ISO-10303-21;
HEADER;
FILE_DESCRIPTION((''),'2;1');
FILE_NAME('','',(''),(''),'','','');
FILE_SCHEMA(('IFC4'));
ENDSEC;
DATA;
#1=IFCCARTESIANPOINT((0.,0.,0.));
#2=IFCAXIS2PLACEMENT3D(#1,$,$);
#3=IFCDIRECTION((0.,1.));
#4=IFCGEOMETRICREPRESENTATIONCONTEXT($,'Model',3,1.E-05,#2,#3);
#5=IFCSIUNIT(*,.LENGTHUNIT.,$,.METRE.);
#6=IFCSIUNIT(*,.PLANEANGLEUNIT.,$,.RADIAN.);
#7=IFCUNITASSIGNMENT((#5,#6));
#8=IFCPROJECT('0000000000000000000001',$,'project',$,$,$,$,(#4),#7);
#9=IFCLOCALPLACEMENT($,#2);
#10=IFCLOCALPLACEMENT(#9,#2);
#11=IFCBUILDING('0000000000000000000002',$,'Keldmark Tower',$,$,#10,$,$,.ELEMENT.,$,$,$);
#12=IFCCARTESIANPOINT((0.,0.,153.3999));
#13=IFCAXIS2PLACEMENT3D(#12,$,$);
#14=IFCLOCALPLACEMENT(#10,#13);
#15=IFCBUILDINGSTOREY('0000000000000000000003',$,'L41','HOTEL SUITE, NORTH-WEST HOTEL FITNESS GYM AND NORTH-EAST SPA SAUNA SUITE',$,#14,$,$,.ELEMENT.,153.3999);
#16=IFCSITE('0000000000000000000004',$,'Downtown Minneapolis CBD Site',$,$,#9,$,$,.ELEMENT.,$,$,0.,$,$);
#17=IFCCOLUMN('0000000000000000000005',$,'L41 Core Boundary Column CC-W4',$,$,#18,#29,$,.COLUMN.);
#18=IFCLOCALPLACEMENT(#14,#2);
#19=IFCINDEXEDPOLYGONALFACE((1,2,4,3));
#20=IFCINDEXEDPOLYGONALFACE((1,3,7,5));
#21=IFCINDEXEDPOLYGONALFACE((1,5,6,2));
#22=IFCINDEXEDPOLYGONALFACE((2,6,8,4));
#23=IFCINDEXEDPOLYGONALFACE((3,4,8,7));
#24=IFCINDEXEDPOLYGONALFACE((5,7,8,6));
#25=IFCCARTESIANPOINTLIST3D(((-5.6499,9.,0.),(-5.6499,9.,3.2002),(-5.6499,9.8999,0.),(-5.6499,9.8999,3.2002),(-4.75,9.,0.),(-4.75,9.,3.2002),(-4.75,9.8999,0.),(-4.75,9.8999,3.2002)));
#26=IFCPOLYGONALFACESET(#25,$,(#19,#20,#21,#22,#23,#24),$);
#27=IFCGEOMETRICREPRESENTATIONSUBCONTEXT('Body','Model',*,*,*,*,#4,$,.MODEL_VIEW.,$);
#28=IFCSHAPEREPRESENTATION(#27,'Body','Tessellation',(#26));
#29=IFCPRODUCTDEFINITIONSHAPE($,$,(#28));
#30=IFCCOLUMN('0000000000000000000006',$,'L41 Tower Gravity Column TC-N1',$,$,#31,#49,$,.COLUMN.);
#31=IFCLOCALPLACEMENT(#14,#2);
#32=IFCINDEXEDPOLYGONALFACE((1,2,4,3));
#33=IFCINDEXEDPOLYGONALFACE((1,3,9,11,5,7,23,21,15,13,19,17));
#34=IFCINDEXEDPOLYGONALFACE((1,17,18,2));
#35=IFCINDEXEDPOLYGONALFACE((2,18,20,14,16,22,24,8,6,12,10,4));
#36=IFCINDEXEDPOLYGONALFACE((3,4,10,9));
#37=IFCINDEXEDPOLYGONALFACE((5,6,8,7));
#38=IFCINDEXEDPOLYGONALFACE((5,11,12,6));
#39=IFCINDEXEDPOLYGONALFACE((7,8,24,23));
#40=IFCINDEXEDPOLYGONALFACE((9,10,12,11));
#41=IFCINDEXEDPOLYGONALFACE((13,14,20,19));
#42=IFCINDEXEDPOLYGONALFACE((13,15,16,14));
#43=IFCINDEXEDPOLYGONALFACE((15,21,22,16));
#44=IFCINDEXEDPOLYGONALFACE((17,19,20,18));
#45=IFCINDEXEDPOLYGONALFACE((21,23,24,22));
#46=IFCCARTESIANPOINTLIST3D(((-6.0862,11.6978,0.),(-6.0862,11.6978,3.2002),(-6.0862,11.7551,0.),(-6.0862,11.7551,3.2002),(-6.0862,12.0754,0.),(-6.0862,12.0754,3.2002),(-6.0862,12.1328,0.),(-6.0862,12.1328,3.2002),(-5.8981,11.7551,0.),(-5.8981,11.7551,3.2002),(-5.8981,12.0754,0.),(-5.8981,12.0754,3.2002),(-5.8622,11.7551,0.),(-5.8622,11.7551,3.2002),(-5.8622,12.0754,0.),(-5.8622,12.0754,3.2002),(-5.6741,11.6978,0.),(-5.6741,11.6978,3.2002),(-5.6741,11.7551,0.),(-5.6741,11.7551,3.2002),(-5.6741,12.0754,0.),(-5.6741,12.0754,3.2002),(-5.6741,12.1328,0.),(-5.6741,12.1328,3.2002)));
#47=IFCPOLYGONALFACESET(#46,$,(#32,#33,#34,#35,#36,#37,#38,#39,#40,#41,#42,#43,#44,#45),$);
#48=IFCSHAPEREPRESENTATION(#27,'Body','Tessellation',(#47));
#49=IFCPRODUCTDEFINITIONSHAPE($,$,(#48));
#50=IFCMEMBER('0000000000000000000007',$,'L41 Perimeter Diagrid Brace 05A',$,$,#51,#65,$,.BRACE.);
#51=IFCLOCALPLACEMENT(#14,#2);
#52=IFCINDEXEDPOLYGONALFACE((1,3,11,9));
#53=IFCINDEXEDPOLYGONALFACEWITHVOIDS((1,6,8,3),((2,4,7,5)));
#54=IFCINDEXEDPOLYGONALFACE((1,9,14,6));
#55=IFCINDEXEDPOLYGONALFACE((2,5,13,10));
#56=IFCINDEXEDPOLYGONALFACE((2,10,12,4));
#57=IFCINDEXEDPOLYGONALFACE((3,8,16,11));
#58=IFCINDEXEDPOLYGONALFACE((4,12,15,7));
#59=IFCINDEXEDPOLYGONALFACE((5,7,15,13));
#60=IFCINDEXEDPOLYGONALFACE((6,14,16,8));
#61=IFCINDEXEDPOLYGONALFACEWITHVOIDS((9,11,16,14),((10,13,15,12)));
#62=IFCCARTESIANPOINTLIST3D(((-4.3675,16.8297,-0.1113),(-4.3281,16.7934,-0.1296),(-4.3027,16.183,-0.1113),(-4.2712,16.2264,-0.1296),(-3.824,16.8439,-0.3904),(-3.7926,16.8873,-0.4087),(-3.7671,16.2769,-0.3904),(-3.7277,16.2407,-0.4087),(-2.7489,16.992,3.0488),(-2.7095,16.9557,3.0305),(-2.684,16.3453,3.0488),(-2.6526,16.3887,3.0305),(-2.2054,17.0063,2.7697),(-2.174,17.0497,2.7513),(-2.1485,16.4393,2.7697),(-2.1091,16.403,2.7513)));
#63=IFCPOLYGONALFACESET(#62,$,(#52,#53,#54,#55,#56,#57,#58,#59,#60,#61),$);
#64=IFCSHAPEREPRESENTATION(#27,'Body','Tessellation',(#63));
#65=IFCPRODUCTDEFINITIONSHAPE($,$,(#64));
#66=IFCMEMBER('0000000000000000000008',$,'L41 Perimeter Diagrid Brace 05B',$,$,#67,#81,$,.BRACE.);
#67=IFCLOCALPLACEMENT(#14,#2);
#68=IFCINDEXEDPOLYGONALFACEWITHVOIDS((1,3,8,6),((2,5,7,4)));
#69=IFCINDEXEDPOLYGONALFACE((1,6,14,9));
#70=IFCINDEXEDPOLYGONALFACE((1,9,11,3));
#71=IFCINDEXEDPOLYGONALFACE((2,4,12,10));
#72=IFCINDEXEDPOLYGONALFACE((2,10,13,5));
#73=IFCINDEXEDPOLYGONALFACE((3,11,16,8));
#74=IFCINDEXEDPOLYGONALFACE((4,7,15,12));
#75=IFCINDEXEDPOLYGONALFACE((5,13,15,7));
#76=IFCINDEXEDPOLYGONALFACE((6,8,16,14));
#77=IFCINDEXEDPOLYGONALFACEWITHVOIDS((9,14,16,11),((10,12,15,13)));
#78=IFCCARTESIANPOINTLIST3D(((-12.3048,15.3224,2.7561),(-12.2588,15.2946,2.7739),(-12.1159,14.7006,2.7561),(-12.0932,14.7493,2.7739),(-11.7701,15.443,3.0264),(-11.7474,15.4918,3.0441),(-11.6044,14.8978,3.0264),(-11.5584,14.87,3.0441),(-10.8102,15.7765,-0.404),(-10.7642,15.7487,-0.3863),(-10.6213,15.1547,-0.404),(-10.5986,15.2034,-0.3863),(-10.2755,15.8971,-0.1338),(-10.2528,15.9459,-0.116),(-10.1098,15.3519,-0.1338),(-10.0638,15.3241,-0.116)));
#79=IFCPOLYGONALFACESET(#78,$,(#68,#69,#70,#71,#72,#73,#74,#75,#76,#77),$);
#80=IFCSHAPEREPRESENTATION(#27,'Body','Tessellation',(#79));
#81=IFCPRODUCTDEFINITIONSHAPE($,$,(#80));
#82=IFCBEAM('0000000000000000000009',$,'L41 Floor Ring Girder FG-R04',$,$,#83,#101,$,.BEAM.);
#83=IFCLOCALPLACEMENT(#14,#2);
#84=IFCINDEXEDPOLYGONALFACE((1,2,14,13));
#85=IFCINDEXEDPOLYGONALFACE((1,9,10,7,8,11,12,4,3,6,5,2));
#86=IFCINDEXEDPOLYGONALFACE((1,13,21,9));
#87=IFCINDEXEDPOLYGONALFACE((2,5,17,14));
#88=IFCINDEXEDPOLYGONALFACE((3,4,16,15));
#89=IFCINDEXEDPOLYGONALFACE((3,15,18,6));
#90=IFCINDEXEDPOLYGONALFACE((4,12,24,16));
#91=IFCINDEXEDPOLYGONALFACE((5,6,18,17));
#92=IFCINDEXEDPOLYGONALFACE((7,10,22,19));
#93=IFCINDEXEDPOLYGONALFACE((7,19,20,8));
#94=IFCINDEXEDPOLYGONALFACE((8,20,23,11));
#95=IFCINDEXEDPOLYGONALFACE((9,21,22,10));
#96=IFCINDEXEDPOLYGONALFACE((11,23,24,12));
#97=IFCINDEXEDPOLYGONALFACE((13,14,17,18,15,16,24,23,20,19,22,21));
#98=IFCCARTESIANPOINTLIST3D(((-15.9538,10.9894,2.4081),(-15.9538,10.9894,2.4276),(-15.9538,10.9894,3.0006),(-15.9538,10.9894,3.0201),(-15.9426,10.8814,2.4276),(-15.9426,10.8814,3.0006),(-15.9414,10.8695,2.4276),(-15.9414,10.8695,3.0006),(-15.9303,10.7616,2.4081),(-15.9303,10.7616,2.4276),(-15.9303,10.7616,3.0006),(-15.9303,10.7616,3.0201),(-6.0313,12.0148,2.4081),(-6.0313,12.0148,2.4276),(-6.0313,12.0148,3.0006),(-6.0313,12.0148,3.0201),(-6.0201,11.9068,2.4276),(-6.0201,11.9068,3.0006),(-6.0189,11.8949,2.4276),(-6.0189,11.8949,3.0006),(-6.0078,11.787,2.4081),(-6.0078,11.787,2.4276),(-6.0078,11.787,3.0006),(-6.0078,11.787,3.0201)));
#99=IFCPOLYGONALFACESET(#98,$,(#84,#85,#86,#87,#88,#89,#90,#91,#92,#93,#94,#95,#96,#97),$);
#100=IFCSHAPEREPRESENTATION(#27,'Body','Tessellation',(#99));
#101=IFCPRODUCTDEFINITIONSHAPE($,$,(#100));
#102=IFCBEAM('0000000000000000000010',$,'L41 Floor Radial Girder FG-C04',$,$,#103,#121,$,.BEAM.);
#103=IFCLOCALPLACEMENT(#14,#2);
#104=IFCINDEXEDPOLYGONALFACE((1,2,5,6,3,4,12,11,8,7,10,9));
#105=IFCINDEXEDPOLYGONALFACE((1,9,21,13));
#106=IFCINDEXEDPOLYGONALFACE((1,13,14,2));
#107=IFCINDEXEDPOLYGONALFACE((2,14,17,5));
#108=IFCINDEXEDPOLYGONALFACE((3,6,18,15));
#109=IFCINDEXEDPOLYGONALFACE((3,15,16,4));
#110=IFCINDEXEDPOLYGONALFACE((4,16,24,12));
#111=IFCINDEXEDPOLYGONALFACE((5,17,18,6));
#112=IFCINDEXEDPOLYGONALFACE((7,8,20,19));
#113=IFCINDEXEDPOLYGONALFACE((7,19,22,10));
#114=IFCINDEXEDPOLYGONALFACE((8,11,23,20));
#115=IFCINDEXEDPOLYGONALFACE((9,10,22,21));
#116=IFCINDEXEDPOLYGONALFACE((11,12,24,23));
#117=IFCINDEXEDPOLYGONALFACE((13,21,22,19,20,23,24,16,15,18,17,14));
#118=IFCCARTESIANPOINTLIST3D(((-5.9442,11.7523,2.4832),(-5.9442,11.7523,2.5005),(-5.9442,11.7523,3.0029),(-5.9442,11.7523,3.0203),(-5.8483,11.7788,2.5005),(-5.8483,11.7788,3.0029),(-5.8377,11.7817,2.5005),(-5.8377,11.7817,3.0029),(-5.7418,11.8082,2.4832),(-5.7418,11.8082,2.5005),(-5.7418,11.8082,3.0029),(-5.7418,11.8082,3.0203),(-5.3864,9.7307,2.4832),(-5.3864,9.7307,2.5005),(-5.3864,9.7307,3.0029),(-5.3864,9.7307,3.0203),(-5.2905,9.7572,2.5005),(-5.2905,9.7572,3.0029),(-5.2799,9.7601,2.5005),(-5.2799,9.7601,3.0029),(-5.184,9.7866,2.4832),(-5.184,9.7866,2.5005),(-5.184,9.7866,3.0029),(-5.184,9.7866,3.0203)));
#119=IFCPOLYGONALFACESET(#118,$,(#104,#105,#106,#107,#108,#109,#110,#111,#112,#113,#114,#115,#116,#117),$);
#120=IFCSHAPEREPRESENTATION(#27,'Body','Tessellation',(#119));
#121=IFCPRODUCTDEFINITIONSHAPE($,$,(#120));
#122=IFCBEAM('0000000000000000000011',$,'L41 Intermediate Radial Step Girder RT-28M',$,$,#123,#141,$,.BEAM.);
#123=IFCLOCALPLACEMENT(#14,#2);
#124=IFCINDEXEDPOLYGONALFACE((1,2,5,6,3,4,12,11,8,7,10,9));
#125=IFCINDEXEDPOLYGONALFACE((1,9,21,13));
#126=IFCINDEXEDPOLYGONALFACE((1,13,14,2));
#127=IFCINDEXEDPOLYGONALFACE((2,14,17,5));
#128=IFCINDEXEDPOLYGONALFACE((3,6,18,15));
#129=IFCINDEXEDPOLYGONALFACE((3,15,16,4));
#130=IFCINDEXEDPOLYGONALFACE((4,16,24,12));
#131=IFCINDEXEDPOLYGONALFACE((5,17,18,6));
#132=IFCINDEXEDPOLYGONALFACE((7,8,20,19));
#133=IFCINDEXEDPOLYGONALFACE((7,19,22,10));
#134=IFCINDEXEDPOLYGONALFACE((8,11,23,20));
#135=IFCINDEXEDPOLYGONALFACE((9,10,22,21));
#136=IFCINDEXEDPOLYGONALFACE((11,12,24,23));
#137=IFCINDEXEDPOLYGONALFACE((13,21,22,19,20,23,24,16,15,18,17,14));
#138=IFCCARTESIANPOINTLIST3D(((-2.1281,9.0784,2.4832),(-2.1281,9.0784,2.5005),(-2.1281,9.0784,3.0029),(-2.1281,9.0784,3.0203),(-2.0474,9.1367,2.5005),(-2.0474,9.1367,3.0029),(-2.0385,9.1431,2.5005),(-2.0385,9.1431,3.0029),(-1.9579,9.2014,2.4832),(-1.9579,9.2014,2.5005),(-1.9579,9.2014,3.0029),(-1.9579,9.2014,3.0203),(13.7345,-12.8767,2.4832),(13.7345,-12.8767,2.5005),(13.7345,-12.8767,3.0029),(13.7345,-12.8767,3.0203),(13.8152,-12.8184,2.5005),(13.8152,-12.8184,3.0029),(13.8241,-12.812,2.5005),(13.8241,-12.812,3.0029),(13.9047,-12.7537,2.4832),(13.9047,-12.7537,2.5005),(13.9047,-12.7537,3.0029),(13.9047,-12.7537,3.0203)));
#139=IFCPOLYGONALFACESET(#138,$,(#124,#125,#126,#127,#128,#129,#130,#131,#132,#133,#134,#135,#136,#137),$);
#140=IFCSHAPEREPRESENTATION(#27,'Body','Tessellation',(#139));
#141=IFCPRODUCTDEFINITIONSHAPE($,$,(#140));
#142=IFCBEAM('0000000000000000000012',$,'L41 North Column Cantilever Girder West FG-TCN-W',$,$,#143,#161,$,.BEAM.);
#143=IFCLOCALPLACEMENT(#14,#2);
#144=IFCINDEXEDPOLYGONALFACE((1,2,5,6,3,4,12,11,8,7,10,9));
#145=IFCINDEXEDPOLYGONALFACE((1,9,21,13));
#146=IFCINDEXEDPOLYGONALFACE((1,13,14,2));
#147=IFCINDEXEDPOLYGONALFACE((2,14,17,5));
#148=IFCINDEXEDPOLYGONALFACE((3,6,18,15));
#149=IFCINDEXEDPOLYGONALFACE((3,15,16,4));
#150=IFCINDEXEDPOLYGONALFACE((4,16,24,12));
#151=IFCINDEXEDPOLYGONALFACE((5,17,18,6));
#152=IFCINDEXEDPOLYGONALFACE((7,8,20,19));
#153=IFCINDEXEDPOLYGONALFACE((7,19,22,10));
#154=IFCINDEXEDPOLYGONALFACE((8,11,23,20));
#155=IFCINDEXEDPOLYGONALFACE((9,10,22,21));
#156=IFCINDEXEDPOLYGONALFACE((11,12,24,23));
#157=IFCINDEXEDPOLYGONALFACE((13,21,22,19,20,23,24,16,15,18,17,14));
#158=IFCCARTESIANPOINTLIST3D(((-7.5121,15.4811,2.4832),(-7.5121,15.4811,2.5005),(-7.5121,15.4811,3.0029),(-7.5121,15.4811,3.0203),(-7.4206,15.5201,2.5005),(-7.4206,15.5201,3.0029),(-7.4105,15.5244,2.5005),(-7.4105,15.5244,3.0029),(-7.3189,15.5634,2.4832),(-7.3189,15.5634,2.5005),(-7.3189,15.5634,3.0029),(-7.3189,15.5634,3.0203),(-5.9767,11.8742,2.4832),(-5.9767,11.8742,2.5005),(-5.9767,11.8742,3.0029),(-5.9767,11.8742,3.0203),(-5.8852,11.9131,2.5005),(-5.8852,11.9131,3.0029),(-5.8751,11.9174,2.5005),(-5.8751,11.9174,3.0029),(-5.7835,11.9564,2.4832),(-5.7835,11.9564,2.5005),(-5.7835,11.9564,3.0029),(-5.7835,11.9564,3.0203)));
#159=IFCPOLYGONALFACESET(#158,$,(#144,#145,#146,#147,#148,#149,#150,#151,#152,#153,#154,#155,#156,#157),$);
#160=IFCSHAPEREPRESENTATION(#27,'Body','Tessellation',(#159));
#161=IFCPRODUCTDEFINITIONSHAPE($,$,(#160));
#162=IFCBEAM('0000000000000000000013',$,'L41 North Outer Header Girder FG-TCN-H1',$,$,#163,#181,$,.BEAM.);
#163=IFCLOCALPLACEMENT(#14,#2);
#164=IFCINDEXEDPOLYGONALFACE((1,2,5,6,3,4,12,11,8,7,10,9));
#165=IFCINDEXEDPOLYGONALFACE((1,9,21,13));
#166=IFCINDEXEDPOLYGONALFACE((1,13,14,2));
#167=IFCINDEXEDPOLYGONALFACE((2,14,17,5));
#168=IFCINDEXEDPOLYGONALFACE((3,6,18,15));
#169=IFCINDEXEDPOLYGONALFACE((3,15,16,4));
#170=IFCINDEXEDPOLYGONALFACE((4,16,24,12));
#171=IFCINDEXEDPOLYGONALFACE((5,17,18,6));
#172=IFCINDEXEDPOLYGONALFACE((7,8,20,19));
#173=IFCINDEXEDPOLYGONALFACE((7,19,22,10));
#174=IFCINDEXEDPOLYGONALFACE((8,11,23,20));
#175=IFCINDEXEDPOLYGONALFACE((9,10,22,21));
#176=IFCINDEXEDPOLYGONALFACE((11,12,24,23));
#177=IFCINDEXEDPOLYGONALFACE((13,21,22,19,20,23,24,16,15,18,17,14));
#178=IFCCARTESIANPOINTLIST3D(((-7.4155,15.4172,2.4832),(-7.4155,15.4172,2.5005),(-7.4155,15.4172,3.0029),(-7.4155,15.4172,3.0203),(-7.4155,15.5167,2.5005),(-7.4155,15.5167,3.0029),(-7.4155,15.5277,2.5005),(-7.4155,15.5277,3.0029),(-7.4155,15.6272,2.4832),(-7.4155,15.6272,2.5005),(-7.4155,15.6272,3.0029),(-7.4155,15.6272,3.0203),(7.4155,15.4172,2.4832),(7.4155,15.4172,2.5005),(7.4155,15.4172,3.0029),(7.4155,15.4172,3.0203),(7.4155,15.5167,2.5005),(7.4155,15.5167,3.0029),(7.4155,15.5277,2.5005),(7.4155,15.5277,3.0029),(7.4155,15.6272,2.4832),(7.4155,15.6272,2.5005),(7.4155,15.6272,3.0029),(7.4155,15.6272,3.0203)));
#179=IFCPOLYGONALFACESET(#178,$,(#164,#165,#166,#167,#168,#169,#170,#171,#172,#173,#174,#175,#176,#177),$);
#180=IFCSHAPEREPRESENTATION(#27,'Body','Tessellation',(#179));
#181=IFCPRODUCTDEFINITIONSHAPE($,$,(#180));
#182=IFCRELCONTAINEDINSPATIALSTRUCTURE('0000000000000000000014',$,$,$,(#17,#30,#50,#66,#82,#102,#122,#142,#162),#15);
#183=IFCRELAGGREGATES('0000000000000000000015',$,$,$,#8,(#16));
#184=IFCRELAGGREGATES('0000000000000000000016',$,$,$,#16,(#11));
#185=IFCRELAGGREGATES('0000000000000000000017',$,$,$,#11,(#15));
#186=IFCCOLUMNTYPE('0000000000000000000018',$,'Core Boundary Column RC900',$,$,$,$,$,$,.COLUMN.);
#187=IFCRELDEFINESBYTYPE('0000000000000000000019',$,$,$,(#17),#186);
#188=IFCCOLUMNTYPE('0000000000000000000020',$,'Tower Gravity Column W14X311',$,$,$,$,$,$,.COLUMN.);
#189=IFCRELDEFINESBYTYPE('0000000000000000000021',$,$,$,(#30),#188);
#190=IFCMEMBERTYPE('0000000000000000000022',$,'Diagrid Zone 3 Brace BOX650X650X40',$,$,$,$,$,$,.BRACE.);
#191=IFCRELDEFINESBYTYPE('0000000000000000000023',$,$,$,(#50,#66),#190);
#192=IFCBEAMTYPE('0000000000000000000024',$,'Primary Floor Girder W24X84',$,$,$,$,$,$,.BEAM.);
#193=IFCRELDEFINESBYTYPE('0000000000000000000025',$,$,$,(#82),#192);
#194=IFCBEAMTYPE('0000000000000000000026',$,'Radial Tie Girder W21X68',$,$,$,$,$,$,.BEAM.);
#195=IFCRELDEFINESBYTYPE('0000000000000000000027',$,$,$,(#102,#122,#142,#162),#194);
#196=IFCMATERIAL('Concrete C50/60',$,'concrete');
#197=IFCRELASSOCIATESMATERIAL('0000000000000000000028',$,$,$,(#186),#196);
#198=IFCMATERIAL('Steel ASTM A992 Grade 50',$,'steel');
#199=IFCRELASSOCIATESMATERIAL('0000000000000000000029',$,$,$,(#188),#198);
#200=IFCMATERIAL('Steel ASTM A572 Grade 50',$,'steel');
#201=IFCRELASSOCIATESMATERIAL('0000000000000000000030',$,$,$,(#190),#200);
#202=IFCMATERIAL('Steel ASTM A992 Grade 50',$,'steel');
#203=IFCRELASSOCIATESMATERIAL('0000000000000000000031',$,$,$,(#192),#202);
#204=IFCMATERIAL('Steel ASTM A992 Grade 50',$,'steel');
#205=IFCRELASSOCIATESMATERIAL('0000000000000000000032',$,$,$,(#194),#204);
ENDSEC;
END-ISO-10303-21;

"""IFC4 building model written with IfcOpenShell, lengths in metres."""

from ifc_helpers import new_model, si_unit, direction, frame, origin, origin_2d, place, context, subcontext, project, spatial, rectangle, hollow_rectangle, i_section, extrude, material, material_profile, profile_set, type_object, element, save


model = new_model("IFC4")

# Units and contexts
model_context = context("Model", 3, precision=1e-05, world=origin(), true_north=direction((0.0, 1.0)))
body_context = subcontext(model_context, "Body", "Model", "MODEL_VIEW")
ifc_project = project(units=[si_unit("LENGTHUNIT", "METRE"), si_unit("PLANEANGLEUNIT", "RADIAN")], contexts=[model_context])

# Site, building, storey
site_placement = place(None, origin())
site = spatial("IfcSite", under=ifc_project, at=site_placement, Name="Downtown Minneapolis CBD Site", CompositionType="ELEMENT", RefElevation=0.0)
building_placement = place(site_placement, origin())
building = spatial("IfcBuilding", under=site, at=building_placement, Name="Keldmark Tower", CompositionType="ELEMENT")
storey_placement = place(building_placement, frame((0.0, 0.0, 153.3999)))
storey = spatial("IfcBuildingStorey", under=building, at=storey_placement, Name="L41", Description="HOTEL SUITE, NORTH-WEST HOTEL FITNESS GYM AND NORTH-EAST SPA SAUNA SUITE", CompositionType="ELEMENT", Elevation=153.3999)

# Columns
ifc_material_1 = material(Name="Concrete C50/60", Category="concrete")
ifc_material_profile_1 = material_profile(ifc_material_1, rectangle(XDim=0.8999, YDim=0.8999, at=origin_2d()), Name="RC900X900")
ifc_profile_set_1 = profile_set([ifc_material_profile_1], Name="Concrete C50/60")
column_type_1 = type_object("IfcColumnType", Name="Core Boundary Column RC900", PredefinedType="COLUMN", material=ifc_profile_set_1)
column_1_placement = place(storey_placement, frame((-5.2, 9.45, 0.0), z_axis=(0.0, 0.0, 1.0), x_axis=(1.0, 0.0, 0.0)))
element("IfcColumn", 1, at=column_1_placement, inside=storey, type_object=column_type_1, Name="L41 Core Boundary Column CC-W4", PredefinedType="COLUMN", context=body_context, shape_type="SweptSolid", body=[
    extrude(rectangle(XDim=0.8999, YDim=0.8999, at=origin_2d()), origin(), (0.0, 0.0, 1.0), 3.2002),
])
ifc_material_2 = material(Name="Steel ASTM A992 Grade 50", Category="steel")
ifc_material_profile_2 = material_profile(ifc_material_2, i_section(OverallWidth=0.4121, OverallDepth=0.4351, WebThickness=0.0359, FlangeThickness=0.0574, at=origin_2d()), Name="W14X311")
ifc_profile_set_2 = profile_set([ifc_material_profile_2], Name="Steel ASTM A992 Grade 50")
column_type_2 = type_object("IfcColumnType", Name="Tower Gravity Column W14X311", PredefinedType="COLUMN", material=ifc_profile_set_2)
column_2_placement = place(storey_placement, frame((-5.8801, 11.9153, 0.0), z_axis=(0.0, 0.0, 1.0), x_axis=(1.0, 0.0, 0.0)))
element("IfcColumn", 2, at=column_2_placement, inside=storey, type_object=column_type_2, Name="L41 Tower Gravity Column TC-N1", PredefinedType="COLUMN", context=body_context, shape_type="SweptSolid", body=[
    extrude(i_section(OverallWidth=0.4121, OverallDepth=0.4351, WebThickness=0.0359, FlangeThickness=0.0574, at=origin_2d()), origin(), (0.0, 0.0, 1.0), 3.2002),
])

# Members
ifc_material_3 = material(Name="Steel ASTM A572 Grade 50", Category="steel")
ifc_material_profile_3 = material_profile(ifc_material_3, hollow_rectangle(XDim=0.6499, YDim=0.6499, WallThickness=0.04, at=origin_2d()), Name="BOX650X650X40")
ifc_profile_set_3 = profile_set([ifc_material_profile_3], Name="Steel ASTM A572 Grade 50")
member_type = type_object("IfcMemberType", Name="Diagrid Zone 3 Brace BOX650X650X40", PredefinedType="BRACE", material=ifc_profile_set_3)
member_1_placement = place(storey_placement, frame((-4.0476, 16.5352, -0.26), z_axis=(0.455408, 0.045678, 0.88911), x_axis=(-0.099801, 0.995007, 0.0)))
element("IfcMember", 3, at=member_1_placement, inside=storey, type_object=member_type, Name="L41 Perimeter Diagrid Brace 05A", PredefinedType="BRACE", context=body_context, shape_type="SweptSolid", body=[
    extrude(hollow_rectangle(XDim=0.6499, YDim=0.6499, WallThickness=0.04, at=origin_2d()), origin(), (0.0, 0.0, 1.0), 3.5542),
])
member_2_placement = place(storey_placement, frame((-10.437, 15.5503, -0.26), z_axis=(-0.42399, -0.128818, 0.896459), x_axis=(0.290701, -0.956814, 0.0)))
element("IfcMember", 4, at=member_2_placement, inside=storey, type_object=member_type, Name="L41 Perimeter Diagrid Brace 05B", PredefinedType="BRACE", context=body_context, shape_type="SweptSolid", body=[
    extrude(hollow_rectangle(XDim=0.6499, YDim=0.6499, WallThickness=0.04, at=origin_2d()), origin(), (0.0, 0.0, 1.0), 3.5251),
])

# Beams
ifc_material_4 = material(Name="Steel ASTM A992 Grade 50", Category="steel")
ifc_material_profile_4 = material_profile(ifc_material_4, i_section(OverallWidth=0.229, OverallDepth=0.6121, WebThickness=0.012, FlangeThickness=0.0195, at=origin_2d()), Name="W24X84")
ifc_profile_set_4 = profile_set([ifc_material_profile_4], Name="Steel ASTM A992 Grade 50")
beam_type_1 = type_object("IfcBeamType", Name="Primary Floor Girder W24X84", PredefinedType="BEAM", material=ifc_profile_set_4)
beam_1_placement = place(storey_placement, frame((-6.0195, 11.9009, 2.7141), z_axis=(-0.994703, -0.102791, 0.0), x_axis=(0.102791, -0.994703, 0.0)))
element("IfcBeam", 5, at=beam_1_placement, inside=storey, type_object=beam_type_1, Name="L41 Floor Ring Girder FG-R04", PredefinedType="BEAM", context=body_context, shape_type="SweptSolid", body=[
    extrude(i_section(OverallWidth=0.229, OverallDepth=0.6121, WebThickness=0.012, FlangeThickness=0.0195, at=origin_2d()), origin(), (0.0, 0.0, 1.0), 9.9753),
])
ifc_material_5 = material(Name="Steel ASTM A992 Grade 50", Category="steel")
ifc_material_profile_5 = material_profile(ifc_material_5, i_section(OverallWidth=0.21, OverallDepth=0.5371, WebThickness=0.011, FlangeThickness=0.0173, at=origin_2d()), Name="W21X68")
ifc_profile_set_5 = profile_set([ifc_material_profile_5], Name="Steel ASTM A992 Grade 50")
beam_type_2 = type_object("IfcBeamType", Name="Radial Tie Girder W21X68", PredefinedType="BEAM", material=ifc_profile_set_5)
beam_2_placement = place(storey_placement, frame((-5.843, 11.7803, 2.7517), z_axis=(0.265992, -0.963975, 0.0), x_axis=(0.963975, 0.265992, 0.0)))
element("IfcBeam", 6, at=beam_2_placement, inside=storey, type_object=beam_type_2, Name="L41 Floor Radial Girder FG-C04", PredefinedType="BEAM", context=body_context, shape_type="SweptSolid", body=[
    extrude(i_section(OverallWidth=0.21, OverallDepth=0.5371, WebThickness=0.011, FlangeThickness=0.0173, at=origin_2d()), origin(), (0.0, 0.0, 1.0), 2.0972),
])
beam_3_placement = place(storey_placement, frame((-2.043, 9.1399, 2.7517), z_axis=(0.585639, -0.810572, 0.0), x_axis=(0.810572, 0.585639, 0.0)))
element("IfcBeam", 7, at=beam_3_placement, inside=storey, type_object=beam_type_2, Name="L41 Intermediate Radial Step Girder RT-28M", PredefinedType="BEAM", context=body_context, shape_type="SweptSolid", body=[
    extrude(i_section(OverallWidth=0.21, OverallDepth=0.5371, WebThickness=0.011, FlangeThickness=0.0173, at=origin_2d()), origin(), (0.0, 0.0, 1.0), 27.0859),
])
beam_4_placement = place(storey_placement, frame((-5.8801, 11.9153, 2.7517), z_axis=(-0.391671, 0.920105, 0.0), x_axis=(-0.920105, -0.391671, 0.0)))
element("IfcBeam", 8, at=beam_4_placement, inside=storey, type_object=beam_type_2, Name="L41 North Column Cantilever Girder West FG-TCN-W", PredefinedType="BEAM", context=body_context, shape_type="SweptSolid", body=[
    extrude(i_section(OverallWidth=0.21, OverallDepth=0.5371, WebThickness=0.011, FlangeThickness=0.0173, at=origin_2d()), origin(), (0.0, 0.0, 1.0), 3.9202),
])
beam_5_placement = place(storey_placement, frame((-7.4155, 15.5222, 2.7517), z_axis=(1.0, 0.0, 0.0), x_axis=(0.0, 1.0, 0.0)))
element("IfcBeam", 9, at=beam_5_placement, inside=storey, type_object=beam_type_2, Name="L41 North Outer Header Girder FG-TCN-H1", PredefinedType="BEAM", context=body_context, shape_type="SweptSolid", body=[
    extrude(i_section(OverallWidth=0.21, OverallDepth=0.5371, WebThickness=0.011, FlangeThickness=0.0173, at=origin_2d()), origin(), (0.0, 0.0, 1.0), 14.8311),
])

save(model, "model.ifc")
